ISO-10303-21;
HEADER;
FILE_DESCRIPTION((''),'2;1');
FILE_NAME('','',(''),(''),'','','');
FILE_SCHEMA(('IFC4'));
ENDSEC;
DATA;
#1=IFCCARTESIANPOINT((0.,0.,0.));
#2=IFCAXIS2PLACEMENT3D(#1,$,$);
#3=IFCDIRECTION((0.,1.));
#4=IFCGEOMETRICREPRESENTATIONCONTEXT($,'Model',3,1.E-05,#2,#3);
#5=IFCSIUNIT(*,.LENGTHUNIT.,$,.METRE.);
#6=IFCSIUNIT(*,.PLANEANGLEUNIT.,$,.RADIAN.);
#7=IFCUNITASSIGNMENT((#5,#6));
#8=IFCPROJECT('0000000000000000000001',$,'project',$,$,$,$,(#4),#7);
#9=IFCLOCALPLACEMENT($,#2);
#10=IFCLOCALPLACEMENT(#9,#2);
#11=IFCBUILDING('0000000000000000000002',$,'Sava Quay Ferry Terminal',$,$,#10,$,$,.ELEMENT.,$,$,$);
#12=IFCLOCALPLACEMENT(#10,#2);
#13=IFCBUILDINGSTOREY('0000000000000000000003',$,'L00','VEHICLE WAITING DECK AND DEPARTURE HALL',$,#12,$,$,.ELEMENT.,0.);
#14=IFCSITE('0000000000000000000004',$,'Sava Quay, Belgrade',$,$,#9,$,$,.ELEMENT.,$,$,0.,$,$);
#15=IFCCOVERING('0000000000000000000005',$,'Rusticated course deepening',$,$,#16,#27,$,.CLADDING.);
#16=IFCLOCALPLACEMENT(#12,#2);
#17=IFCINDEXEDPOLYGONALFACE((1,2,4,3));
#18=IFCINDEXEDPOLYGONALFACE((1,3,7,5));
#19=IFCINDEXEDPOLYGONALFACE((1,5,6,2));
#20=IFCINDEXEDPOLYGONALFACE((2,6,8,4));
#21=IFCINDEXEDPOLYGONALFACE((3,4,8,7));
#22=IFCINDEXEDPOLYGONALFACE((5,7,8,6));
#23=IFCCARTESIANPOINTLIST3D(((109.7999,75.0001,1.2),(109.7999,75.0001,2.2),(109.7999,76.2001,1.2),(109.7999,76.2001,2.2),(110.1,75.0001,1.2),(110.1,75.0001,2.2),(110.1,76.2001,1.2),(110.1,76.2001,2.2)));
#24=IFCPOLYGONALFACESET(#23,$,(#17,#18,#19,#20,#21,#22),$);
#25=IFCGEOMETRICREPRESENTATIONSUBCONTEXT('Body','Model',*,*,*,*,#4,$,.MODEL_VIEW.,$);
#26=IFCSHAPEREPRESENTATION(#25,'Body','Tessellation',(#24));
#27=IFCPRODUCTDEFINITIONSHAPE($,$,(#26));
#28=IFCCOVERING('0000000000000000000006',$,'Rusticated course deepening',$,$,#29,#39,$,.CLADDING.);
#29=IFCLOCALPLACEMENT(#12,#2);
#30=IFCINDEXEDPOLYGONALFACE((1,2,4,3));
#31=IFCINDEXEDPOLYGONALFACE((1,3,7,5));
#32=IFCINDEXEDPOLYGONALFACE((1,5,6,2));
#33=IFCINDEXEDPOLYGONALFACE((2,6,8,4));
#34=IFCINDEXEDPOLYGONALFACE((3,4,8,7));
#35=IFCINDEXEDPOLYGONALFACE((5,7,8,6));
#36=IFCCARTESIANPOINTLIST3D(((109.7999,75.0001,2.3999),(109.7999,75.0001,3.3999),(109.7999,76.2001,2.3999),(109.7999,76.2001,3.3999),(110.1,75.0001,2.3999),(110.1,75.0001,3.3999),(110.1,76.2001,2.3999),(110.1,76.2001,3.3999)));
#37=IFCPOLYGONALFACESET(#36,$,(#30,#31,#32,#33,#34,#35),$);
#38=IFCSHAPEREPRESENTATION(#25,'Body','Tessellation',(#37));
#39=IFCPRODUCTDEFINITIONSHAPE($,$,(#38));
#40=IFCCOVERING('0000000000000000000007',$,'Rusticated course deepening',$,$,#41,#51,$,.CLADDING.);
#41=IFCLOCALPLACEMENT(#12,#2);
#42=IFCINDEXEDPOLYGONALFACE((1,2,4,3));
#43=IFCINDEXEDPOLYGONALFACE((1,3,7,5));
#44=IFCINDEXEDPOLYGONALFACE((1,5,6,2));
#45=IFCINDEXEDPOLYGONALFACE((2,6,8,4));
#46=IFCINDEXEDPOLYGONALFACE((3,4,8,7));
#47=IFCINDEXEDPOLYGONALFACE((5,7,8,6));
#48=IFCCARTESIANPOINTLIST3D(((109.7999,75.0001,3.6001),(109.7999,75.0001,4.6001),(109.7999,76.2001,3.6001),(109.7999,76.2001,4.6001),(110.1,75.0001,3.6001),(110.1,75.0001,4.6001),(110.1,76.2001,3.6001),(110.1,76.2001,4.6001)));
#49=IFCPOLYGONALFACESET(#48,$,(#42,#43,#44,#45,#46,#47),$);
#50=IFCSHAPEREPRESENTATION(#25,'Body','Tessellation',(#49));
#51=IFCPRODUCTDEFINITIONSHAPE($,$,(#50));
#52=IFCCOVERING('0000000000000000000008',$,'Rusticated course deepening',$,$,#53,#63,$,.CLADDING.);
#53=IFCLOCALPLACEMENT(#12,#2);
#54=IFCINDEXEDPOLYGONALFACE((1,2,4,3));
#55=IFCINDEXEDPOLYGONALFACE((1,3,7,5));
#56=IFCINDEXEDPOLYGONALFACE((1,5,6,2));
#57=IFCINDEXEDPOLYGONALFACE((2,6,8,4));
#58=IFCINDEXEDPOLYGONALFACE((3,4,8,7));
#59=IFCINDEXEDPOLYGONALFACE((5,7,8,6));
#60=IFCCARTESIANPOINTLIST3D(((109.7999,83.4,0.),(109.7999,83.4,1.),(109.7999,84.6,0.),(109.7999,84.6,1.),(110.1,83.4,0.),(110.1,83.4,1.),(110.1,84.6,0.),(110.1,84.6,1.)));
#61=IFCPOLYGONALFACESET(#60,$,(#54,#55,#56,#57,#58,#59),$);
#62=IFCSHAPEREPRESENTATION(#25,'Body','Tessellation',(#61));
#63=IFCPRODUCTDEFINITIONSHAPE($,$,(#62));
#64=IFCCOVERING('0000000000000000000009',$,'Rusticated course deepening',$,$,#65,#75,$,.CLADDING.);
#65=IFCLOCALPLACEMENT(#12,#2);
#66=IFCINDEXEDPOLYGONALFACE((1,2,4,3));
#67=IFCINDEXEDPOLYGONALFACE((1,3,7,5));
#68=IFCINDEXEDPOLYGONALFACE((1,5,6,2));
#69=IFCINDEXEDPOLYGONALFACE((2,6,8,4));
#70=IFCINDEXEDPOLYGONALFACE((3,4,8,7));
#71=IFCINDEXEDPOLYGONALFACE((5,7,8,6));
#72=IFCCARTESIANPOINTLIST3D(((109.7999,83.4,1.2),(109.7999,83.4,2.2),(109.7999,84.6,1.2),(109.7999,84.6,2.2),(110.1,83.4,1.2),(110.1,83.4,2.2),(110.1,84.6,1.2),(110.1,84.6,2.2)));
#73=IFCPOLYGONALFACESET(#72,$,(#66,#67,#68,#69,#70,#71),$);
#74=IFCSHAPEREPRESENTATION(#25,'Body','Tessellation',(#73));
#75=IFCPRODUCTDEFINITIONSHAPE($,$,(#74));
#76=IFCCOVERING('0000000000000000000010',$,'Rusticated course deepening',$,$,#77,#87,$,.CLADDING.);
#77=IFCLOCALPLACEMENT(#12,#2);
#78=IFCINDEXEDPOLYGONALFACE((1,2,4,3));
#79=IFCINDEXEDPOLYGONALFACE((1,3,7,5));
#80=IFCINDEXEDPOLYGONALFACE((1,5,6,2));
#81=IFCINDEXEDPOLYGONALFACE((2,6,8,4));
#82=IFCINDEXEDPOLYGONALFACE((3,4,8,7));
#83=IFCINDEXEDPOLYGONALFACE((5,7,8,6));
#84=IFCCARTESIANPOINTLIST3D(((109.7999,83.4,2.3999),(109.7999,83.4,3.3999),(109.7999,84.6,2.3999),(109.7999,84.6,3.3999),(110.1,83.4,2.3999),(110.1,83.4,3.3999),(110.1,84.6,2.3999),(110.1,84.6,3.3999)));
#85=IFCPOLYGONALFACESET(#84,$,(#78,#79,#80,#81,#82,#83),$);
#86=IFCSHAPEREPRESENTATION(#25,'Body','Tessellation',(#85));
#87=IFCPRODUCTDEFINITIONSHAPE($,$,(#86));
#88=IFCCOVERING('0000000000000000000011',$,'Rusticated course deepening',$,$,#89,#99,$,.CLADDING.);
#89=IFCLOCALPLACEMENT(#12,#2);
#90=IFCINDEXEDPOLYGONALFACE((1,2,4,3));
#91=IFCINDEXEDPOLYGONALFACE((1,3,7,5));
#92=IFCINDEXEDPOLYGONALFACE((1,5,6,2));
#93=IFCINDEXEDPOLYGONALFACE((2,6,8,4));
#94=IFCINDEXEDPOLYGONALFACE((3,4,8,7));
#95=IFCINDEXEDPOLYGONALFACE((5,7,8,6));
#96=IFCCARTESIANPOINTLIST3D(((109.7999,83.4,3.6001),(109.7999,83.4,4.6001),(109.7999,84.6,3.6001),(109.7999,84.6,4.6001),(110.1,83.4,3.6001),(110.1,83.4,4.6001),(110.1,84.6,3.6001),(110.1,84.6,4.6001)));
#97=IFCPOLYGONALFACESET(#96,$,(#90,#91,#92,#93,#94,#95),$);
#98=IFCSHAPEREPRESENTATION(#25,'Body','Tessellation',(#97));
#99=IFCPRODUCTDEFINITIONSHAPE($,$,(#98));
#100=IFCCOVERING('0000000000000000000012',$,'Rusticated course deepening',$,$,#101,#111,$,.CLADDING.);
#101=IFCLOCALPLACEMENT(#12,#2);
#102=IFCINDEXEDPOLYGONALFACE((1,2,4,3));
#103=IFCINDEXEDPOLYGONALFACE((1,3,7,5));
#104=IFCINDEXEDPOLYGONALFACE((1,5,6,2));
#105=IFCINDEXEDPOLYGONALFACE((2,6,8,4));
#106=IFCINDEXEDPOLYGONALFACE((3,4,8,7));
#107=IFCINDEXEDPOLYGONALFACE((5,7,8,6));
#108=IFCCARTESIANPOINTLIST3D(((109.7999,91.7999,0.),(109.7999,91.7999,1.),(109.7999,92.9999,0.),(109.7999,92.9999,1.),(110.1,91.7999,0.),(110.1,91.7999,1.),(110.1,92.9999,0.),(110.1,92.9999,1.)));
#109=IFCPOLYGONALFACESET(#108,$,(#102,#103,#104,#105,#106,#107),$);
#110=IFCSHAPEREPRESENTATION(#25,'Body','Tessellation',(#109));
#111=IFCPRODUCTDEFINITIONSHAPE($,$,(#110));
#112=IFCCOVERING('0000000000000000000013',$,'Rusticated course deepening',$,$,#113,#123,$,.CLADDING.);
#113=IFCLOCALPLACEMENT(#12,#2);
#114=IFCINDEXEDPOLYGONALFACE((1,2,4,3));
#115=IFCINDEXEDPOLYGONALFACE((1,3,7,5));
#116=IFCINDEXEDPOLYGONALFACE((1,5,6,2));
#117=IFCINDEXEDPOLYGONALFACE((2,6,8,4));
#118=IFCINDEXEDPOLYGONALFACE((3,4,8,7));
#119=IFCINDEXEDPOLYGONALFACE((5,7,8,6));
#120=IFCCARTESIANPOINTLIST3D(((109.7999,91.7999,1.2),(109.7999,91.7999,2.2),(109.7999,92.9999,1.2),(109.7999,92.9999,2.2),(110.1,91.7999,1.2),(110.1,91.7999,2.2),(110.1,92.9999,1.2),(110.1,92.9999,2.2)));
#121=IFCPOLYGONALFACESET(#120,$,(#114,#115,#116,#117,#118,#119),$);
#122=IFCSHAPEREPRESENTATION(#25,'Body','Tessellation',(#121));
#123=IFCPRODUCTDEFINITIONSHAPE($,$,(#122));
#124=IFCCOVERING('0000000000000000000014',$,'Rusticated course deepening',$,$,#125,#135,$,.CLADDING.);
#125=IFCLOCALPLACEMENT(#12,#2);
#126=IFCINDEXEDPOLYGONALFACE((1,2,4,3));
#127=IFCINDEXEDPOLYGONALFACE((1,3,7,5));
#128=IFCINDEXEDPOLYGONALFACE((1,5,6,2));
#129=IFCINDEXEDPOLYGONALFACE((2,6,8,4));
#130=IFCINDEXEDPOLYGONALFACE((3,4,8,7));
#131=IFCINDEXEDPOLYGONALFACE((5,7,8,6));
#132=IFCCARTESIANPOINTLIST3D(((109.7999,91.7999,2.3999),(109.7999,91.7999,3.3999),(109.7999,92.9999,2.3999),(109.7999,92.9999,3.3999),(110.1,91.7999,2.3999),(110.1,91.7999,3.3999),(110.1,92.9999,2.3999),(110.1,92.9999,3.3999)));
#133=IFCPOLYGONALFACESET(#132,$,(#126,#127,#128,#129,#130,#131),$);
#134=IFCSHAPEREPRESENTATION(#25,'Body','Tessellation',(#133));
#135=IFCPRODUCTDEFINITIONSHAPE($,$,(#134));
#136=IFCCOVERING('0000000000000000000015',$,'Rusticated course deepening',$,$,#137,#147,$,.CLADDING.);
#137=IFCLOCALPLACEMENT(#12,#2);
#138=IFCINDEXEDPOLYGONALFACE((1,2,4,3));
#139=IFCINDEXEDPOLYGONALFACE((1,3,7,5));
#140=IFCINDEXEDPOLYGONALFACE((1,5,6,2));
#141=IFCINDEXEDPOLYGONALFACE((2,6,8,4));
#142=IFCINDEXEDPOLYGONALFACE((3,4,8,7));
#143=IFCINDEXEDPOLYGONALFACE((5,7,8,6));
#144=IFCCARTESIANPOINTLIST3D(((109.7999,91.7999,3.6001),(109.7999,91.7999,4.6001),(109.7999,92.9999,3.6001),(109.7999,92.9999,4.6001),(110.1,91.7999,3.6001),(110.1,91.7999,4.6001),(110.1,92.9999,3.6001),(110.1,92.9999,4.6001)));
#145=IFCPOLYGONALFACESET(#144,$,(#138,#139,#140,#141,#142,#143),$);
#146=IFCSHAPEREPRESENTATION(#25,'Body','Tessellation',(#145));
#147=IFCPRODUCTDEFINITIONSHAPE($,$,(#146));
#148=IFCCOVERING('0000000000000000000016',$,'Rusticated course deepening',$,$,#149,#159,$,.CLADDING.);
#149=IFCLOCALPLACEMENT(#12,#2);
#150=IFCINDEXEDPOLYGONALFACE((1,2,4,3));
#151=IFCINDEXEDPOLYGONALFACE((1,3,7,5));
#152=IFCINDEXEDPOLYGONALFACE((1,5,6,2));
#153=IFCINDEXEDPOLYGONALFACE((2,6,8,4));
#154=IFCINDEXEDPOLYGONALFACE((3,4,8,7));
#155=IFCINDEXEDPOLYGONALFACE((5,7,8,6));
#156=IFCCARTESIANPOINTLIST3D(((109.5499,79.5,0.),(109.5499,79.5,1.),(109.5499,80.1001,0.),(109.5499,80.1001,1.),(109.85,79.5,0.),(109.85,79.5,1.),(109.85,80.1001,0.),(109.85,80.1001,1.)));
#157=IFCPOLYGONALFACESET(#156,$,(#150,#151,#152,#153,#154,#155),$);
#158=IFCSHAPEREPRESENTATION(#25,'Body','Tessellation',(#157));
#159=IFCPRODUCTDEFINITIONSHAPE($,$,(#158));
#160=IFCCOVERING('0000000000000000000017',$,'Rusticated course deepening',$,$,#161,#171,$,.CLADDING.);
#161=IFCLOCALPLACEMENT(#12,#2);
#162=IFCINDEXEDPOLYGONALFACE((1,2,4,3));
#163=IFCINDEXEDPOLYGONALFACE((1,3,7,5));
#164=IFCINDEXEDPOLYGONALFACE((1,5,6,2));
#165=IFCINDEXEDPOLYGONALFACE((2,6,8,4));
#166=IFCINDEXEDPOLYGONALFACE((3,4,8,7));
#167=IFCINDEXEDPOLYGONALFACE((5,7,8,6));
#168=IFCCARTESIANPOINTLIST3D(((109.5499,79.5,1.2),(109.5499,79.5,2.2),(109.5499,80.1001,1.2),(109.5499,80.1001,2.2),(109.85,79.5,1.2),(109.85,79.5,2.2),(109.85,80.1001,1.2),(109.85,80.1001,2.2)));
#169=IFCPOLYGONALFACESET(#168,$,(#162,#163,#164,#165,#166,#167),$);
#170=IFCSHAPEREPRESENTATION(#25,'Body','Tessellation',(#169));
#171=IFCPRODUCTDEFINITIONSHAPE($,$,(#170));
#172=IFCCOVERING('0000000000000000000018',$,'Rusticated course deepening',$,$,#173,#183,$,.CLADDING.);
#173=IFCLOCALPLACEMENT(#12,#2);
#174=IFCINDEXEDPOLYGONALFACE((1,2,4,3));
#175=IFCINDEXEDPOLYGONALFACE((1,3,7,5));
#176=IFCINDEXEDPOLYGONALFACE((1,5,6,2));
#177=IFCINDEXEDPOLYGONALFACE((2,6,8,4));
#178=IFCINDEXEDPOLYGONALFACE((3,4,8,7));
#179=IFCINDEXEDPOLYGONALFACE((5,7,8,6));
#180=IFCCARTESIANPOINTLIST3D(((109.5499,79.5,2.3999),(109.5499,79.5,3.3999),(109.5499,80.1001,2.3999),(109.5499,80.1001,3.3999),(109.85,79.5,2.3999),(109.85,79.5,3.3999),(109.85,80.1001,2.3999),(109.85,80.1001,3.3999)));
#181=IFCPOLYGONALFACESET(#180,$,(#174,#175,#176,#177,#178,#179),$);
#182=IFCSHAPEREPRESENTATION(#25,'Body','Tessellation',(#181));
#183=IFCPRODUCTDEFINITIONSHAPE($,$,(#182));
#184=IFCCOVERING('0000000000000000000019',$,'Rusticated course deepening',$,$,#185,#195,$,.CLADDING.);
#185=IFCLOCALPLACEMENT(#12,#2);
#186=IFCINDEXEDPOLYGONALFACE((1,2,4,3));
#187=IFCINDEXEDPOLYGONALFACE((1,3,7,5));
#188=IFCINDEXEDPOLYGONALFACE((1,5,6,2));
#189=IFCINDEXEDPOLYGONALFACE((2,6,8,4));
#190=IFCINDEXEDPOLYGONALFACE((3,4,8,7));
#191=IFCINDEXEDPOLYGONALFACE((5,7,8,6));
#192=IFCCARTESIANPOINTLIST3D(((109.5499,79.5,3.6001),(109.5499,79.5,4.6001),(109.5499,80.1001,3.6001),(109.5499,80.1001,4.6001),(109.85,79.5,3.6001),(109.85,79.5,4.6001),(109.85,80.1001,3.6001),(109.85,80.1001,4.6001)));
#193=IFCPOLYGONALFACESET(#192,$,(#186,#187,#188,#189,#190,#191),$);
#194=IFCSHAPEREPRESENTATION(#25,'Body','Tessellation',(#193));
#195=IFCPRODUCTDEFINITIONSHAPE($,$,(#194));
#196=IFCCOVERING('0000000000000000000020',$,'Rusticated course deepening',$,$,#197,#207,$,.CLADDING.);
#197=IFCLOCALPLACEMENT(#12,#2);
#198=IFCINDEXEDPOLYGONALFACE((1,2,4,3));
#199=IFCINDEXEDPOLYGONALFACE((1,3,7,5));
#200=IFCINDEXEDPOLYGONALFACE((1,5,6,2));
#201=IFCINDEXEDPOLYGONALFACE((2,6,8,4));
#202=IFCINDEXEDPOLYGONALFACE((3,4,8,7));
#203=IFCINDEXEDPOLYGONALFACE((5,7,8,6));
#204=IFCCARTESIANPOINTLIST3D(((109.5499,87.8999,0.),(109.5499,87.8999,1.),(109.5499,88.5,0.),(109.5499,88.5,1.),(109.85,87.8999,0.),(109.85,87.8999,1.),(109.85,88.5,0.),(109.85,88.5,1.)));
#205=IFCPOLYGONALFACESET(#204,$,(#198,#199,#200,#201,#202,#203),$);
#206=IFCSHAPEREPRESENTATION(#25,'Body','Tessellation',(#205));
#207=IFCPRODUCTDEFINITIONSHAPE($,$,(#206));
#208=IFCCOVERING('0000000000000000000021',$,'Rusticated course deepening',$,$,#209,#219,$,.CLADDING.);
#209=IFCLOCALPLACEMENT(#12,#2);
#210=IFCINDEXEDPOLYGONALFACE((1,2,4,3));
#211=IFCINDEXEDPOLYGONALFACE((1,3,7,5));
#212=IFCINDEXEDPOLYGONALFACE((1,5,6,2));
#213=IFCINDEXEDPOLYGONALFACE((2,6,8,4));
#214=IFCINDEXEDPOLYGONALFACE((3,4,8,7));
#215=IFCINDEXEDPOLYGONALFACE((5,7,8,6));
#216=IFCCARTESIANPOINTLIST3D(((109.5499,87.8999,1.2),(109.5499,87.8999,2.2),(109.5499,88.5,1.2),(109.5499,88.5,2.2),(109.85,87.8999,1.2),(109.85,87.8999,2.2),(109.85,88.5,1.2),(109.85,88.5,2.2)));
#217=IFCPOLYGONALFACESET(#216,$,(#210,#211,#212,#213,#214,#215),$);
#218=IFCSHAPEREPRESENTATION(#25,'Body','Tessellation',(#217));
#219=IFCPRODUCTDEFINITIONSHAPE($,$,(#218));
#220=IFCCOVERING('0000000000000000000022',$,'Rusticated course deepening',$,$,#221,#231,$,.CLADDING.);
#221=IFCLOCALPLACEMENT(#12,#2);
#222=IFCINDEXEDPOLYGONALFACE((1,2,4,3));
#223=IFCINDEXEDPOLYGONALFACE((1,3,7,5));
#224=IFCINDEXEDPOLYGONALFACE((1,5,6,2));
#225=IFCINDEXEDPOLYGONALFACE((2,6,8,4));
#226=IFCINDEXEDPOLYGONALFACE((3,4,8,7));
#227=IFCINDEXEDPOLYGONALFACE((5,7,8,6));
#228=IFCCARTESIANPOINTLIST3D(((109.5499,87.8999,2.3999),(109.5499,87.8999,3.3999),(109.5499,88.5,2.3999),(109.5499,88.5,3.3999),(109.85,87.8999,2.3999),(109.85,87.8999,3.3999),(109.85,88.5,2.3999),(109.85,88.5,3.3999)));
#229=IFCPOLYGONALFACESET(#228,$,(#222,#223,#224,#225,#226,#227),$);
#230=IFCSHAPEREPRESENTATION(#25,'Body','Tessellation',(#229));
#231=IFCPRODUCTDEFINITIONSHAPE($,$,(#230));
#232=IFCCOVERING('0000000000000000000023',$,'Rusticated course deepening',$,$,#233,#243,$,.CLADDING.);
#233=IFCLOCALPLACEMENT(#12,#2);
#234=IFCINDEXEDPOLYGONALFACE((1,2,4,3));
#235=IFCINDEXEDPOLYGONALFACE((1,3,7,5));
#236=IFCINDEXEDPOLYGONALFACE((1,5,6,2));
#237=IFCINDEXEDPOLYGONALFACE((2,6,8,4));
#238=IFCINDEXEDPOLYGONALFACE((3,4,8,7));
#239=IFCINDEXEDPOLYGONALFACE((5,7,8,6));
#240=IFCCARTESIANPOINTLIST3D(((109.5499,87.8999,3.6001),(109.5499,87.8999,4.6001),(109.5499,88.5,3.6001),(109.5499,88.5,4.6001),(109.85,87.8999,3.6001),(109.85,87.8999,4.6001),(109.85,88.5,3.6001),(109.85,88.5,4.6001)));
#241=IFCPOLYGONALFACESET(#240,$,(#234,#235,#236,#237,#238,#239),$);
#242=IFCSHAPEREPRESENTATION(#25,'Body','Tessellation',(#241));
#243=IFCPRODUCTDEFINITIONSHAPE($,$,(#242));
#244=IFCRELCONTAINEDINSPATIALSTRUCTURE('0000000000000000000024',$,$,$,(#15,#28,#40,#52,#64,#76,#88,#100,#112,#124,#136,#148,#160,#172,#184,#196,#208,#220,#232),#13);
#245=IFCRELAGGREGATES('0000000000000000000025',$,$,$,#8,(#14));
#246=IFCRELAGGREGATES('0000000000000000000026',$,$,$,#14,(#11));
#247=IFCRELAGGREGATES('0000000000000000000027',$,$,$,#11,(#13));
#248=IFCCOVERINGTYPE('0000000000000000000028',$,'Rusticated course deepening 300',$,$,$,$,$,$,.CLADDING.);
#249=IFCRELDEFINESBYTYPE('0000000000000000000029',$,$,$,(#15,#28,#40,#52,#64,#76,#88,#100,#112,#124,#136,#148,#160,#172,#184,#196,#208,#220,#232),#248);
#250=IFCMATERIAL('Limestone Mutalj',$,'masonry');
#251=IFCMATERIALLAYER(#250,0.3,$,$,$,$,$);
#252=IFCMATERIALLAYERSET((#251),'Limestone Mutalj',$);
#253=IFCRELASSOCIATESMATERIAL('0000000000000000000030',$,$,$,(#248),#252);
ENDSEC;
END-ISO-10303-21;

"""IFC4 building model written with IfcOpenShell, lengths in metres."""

from ifc_helpers import new_model, si_unit, direction, frame, origin, origin_2d, place, context, subcontext, project, spatial, rectangle, extrude, material, layer, layer_set, type_object, element, save


model = new_model("IFC4")

# Units and contexts
model_context = context("Model", 3, precision=1e-05, world=origin(), true_north=direction((0.0, 1.0)))
body_context = subcontext(model_context, "Body", "Model", "MODEL_VIEW")
ifc_project = project(units=[si_unit("LENGTHUNIT", "METRE"), si_unit("PLANEANGLEUNIT", "RADIAN")], contexts=[model_context])

# Site, building, storey
site_placement = place(None, origin())
site = spatial("IfcSite", under=ifc_project, at=site_placement, Name="Sava Quay, Belgrade", CompositionType="ELEMENT", RefElevation=0.0)
building_placement = place(site_placement, origin())
building = spatial("IfcBuilding", under=site, at=building_placement, Name="Sava Quay Ferry Terminal", CompositionType="ELEMENT")
storey_placement = place(building_placement, origin())
storey = spatial("IfcBuildingStorey", under=building, at=storey_placement, Name="L00", Description="VEHICLE WAITING DECK AND DEPARTURE HALL", CompositionType="ELEMENT", Elevation=0.0)

# Coverings
ifc_material_1 = material(Name="Limestone Mutalj", Category="masonry")
ifc_layer_1 = layer(ifc_material_1, 0.3)
ifc_layer_set_1 = layer_set([ifc_layer_1], Name="Limestone Mutalj")
covering_type_1 = type_object("IfcCoveringType", Name="Rusticated course deepening 300", PredefinedType="CLADDING", material=ifc_layer_set_1)
for number, where, z_axis, x_axis, name in (
    (1, (109.95, 75.6001, 1.2), (0.0, 0.0, 1.0), (1.0, 0.0, 0.0), "Rusticated course deepening"),
    (2, (109.95, 75.6001, 2.3999), (0.0, 0.0, 1.0), (1.0, 0.0, 0.0), "Rusticated course deepening"),
    (3, (109.95, 75.6001, 3.6001), (0.0, 0.0, 1.0), (1.0, 0.0, 0.0), "Rusticated course deepening"),
    (4, (109.95, 84.0, 0.0), (0.0, 0.0, 1.0), (1.0, 0.0, 0.0), "Rusticated course deepening"),
    (5, (109.95, 84.0, 1.2), (0.0, 0.0, 1.0), (1.0, 0.0, 0.0), "Rusticated course deepening"),
    (6, (109.95, 84.0, 2.3999), (0.0, 0.0, 1.0), (1.0, 0.0, 0.0), "Rusticated course deepening"),
    (7, (109.95, 84.0, 3.6001), (0.0, 0.0, 1.0), (1.0, 0.0, 0.0), "Rusticated course deepening"),
    (8, (109.95, 92.3999, 0.0), (0.0, 0.0, 1.0), (1.0, 0.0, 0.0), "Rusticated course deepening"),
    (9, (109.95, 92.3999, 1.2), (0.0, 0.0, 1.0), (1.0, 0.0, 0.0), "Rusticated course deepening"),
    (10, (109.95, 92.3999, 2.3999), (0.0, 0.0, 1.0), (1.0, 0.0, 0.0), "Rusticated course deepening"),
    (11, (109.95, 92.3999, 3.6001), (0.0, 0.0, 1.0), (1.0, 0.0, 0.0), "Rusticated course deepening"),
):
    element("IfcCovering", number, at=place(storey_placement, frame(where, z_axis=z_axis, x_axis=x_axis)), inside=storey, type_object=covering_type_1, Name=name, PredefinedType="CLADDING", context=body_context, shape_type="SweptSolid", body=[
        extrude(rectangle(XDim=0.3, YDim=1.2, at=origin_2d()), origin(), (0.0, 0.0, 1.0), 1.0),
    ])
for number, where, z_axis, x_axis, name in (
    (12, (109.7, 79.8, 0.0), (0.0, 0.0, 1.0), (1.0, 0.0, 0.0), "Rusticated course deepening"),
    (13, (109.7, 79.8, 1.2), (0.0, 0.0, 1.0), (1.0, 0.0, 0.0), "Rusticated course deepening"),
    (14, (109.7, 79.8, 2.3999), (0.0, 0.0, 1.0), (1.0, 0.0, 0.0), "Rusticated course deepening"),
    (15, (109.7, 79.8, 3.6001), (0.0, 0.0, 1.0), (1.0, 0.0, 0.0), "Rusticated course deepening"),
    (16, (109.7, 88.2, 0.0), (0.0, 0.0, 1.0), (1.0, 0.0, 0.0), "Rusticated course deepening"),
    (17, (109.7, 88.2, 1.2), (0.0, 0.0, 1.0), (1.0, 0.0, 0.0), "Rusticated course deepening"),
    (18, (109.7, 88.2, 2.3999), (0.0, 0.0, 1.0), (1.0, 0.0, 0.0), "Rusticated course deepening"),
    (19, (109.7, 88.2, 3.6001), (0.0, 0.0, 1.0), (1.0, 0.0, 0.0), "Rusticated course deepening"),
):
    element("IfcCovering", number, at=place(storey_placement, frame(where, z_axis=z_axis, x_axis=x_axis)), inside=storey, type_object=covering_type_1, Name=name, PredefinedType="CLADDING", context=body_context, shape_type="SweptSolid", body=[
        extrude(rectangle(XDim=0.3, YDim=0.6001, at=origin_2d()), origin(), (0.0, 0.0, 1.0), 1.0),
    ])

save(model, "model.ifc")
